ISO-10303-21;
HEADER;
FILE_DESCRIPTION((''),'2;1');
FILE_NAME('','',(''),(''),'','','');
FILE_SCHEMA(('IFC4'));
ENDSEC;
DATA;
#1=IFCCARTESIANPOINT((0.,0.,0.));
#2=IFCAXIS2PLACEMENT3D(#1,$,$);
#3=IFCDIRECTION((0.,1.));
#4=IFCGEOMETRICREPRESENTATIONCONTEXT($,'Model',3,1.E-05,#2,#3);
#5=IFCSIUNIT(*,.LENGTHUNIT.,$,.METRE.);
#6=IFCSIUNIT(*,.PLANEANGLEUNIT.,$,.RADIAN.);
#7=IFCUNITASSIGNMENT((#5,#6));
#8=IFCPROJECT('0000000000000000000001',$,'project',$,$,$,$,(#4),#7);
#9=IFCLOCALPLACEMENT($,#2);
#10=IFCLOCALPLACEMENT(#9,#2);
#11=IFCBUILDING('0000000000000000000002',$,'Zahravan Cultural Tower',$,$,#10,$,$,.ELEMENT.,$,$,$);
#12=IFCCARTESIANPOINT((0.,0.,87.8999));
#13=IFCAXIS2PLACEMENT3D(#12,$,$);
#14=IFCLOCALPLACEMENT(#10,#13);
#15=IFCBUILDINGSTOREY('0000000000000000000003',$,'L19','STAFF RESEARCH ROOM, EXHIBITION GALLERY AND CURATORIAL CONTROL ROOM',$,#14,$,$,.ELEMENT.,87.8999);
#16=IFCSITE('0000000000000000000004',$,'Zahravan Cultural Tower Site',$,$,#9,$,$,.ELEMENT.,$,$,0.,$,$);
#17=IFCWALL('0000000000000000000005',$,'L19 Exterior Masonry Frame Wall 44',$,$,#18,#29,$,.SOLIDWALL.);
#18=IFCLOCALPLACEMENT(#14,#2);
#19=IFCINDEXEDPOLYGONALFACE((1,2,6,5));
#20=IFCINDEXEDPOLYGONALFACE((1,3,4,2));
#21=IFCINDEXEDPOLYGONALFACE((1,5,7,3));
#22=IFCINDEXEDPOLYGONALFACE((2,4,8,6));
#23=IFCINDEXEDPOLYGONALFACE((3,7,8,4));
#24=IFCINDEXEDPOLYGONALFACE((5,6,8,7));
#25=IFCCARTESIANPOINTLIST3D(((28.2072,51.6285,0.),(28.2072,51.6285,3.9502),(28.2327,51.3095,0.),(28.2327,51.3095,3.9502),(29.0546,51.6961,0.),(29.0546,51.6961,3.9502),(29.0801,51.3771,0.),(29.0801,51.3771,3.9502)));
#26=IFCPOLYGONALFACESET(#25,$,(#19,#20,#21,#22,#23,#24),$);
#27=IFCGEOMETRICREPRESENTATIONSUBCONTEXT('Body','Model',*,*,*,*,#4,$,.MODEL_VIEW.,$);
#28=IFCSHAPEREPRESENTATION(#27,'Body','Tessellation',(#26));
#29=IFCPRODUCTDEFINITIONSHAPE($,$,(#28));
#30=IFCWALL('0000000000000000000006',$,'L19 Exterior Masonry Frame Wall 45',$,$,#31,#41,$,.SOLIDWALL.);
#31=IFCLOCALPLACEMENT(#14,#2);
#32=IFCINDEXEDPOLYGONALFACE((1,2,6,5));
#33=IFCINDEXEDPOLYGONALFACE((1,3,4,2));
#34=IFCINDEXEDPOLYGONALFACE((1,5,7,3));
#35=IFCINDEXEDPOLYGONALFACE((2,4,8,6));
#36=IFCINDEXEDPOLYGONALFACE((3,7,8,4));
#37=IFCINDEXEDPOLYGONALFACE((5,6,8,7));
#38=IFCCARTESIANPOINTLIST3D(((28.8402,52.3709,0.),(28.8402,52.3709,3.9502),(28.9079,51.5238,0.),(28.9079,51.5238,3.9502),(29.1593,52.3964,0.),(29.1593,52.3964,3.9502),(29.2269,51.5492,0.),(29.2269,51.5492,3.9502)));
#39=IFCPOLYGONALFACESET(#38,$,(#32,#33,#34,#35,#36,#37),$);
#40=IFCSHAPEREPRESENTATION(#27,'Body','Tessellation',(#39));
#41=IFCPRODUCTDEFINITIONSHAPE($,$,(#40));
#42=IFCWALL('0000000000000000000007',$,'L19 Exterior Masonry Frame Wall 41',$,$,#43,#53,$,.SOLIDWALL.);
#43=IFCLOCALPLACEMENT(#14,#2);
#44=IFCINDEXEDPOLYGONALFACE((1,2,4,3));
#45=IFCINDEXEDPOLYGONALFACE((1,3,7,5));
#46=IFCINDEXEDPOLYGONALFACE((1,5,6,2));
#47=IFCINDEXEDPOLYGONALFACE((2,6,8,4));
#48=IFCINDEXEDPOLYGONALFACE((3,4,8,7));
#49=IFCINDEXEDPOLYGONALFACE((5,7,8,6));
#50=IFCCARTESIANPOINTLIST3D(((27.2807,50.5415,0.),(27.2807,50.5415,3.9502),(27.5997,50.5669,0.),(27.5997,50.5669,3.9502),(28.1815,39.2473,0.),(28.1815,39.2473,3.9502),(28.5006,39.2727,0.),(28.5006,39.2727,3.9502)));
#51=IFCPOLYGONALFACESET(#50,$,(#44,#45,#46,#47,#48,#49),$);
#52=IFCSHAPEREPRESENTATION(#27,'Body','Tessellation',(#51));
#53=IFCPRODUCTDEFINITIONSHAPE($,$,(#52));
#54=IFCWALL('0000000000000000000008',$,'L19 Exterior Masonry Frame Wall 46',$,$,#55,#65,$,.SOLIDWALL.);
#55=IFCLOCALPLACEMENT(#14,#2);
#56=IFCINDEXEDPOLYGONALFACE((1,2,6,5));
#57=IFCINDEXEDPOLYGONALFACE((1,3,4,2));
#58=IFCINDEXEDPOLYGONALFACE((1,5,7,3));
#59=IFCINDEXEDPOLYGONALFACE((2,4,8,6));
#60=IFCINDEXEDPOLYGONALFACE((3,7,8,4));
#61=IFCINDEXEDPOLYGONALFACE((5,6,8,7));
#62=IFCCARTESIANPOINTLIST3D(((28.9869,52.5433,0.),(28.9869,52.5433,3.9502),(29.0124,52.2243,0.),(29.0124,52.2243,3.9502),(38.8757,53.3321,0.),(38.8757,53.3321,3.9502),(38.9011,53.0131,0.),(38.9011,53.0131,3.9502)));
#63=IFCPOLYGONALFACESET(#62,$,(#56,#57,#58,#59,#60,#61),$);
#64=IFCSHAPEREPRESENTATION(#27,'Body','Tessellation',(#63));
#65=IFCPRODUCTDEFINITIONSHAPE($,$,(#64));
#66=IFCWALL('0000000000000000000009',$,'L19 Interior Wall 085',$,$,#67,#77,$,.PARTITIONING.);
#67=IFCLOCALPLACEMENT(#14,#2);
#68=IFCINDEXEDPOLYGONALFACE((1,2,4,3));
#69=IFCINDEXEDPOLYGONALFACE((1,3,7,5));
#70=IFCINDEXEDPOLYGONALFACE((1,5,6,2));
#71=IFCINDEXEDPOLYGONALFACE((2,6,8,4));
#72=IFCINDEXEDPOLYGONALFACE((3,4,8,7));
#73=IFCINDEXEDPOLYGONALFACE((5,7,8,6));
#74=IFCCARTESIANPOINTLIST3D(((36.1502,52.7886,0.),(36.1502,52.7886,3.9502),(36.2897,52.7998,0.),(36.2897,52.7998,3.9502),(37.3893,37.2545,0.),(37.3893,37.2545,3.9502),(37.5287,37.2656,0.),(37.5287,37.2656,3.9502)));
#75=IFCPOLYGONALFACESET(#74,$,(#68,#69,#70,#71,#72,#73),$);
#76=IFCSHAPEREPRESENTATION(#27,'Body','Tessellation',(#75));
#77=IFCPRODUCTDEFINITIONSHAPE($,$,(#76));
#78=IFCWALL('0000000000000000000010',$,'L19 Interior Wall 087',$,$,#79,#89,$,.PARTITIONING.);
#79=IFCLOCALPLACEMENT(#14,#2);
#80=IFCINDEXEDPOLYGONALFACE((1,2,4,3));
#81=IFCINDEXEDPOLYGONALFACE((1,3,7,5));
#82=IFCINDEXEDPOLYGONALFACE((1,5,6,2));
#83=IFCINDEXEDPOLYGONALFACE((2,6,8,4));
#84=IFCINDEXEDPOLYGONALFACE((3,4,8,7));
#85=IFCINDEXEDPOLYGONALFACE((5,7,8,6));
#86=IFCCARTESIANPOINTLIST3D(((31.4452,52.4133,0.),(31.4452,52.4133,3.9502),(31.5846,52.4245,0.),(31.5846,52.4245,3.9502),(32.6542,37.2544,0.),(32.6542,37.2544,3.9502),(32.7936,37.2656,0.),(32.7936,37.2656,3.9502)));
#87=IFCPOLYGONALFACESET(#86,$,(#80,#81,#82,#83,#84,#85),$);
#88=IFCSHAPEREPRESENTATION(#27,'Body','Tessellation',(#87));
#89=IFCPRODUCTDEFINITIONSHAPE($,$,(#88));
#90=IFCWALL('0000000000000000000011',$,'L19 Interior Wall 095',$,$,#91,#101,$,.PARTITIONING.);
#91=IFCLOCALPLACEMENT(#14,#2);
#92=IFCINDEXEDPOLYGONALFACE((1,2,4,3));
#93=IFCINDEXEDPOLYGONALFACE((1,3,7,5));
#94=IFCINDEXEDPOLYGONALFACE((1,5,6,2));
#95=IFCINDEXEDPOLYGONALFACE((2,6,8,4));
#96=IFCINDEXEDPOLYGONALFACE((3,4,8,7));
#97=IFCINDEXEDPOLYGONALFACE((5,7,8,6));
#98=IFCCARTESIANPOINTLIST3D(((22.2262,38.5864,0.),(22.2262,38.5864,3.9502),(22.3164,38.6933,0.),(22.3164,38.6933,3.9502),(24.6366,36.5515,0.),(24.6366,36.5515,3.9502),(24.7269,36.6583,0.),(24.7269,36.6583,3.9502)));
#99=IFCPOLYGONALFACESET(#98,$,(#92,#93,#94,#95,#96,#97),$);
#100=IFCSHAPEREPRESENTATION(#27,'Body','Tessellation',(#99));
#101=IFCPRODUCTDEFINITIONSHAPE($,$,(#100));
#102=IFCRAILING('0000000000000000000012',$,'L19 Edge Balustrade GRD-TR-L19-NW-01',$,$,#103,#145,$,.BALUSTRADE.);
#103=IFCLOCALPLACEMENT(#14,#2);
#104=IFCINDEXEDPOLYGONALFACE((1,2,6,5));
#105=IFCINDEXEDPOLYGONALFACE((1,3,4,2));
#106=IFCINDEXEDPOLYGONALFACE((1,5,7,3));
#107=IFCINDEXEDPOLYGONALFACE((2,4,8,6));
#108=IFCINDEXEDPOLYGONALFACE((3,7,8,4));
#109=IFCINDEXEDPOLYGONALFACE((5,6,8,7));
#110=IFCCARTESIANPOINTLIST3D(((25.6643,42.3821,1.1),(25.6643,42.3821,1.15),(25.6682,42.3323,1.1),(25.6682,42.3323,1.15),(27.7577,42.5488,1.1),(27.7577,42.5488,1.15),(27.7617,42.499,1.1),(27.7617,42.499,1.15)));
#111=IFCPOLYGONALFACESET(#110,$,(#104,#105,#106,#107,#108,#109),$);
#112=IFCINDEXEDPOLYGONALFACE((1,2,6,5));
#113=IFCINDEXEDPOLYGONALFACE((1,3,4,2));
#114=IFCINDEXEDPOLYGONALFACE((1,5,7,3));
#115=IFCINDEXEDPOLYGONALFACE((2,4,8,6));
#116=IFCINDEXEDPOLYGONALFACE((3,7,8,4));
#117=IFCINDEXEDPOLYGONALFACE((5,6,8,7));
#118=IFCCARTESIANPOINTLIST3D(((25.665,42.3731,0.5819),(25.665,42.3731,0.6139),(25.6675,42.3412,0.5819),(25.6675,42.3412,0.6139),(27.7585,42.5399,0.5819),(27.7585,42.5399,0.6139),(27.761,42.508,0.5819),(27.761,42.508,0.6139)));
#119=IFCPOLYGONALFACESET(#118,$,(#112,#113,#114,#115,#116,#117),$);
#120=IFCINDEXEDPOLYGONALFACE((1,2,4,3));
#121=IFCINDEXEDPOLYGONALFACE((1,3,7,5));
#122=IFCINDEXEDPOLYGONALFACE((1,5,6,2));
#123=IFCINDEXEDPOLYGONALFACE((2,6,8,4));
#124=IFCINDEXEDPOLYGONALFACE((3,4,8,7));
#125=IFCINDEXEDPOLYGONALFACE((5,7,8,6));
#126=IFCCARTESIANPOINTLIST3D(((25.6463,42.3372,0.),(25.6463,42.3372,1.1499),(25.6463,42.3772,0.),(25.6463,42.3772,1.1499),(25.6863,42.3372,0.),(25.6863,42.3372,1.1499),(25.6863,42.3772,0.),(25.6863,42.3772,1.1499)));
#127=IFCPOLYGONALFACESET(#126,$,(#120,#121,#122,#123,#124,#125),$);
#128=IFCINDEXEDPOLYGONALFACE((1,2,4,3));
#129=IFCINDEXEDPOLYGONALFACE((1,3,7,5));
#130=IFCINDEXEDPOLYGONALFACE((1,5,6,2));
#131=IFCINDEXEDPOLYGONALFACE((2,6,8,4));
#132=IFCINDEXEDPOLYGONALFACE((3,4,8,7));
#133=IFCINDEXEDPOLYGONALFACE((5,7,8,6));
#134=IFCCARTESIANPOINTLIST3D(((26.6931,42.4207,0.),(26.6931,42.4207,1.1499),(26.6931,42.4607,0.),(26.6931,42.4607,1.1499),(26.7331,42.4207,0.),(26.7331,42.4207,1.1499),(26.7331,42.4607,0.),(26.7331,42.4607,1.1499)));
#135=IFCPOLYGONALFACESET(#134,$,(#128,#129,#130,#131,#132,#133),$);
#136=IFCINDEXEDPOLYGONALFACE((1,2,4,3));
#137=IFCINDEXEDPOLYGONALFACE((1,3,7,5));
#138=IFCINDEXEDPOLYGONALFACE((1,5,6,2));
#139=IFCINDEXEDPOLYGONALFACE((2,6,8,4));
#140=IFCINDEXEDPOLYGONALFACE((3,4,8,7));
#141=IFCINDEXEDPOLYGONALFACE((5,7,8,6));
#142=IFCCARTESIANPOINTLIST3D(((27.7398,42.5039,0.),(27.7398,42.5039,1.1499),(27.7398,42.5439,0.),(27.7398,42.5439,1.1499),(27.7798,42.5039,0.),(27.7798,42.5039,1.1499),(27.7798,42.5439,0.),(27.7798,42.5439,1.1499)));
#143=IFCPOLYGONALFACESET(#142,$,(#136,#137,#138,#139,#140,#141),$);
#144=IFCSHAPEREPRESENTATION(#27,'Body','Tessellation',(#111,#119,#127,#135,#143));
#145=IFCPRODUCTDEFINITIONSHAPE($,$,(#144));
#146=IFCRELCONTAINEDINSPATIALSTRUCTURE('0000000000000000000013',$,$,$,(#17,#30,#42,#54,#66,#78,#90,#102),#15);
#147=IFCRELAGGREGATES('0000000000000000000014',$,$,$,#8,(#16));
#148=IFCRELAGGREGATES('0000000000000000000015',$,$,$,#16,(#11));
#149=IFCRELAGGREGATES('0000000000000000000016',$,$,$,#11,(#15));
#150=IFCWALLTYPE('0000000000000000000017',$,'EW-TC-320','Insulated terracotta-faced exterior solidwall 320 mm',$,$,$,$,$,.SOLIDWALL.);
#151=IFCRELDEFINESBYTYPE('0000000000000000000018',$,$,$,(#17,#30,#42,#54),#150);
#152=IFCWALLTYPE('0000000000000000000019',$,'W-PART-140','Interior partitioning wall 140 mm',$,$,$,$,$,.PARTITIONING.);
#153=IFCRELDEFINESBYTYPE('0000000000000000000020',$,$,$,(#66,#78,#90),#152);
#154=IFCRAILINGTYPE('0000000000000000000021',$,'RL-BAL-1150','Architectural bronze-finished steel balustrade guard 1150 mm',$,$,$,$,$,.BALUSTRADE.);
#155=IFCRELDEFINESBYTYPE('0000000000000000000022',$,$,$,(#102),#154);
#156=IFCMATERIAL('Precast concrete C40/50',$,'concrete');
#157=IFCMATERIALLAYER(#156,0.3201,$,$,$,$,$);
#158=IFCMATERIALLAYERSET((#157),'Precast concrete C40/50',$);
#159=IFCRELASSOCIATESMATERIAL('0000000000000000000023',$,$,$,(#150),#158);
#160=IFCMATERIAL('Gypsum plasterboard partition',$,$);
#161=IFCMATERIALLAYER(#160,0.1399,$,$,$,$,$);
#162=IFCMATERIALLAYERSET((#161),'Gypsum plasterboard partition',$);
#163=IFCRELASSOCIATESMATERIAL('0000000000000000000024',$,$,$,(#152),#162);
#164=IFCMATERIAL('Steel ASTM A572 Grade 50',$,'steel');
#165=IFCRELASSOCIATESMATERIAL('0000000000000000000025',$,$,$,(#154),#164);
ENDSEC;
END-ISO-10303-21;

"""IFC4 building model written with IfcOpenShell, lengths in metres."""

from ifc_helpers import new_model, si_unit, direction, frame, frame_2d, origin, origin_2d, place, context, subcontext, project, spatial, rectangle, extrude, source, transform, mapped, material, layer, layer_set, type_object, element, save


model = new_model("IFC4")

# Units and contexts
model_context = context("Model", 3, precision=1e-05, world=origin(), true_north=direction((0.0, 1.0)))
body_context = subcontext(model_context, "Body", "Model", "MODEL_VIEW")
ifc_project = project(units=[si_unit("LENGTHUNIT", "METRE"), si_unit("PLANEANGLEUNIT", "RADIAN")], contexts=[model_context])

# Site, building, storey
site_placement = place(None, origin())
site = spatial("IfcSite", under=ifc_project, at=site_placement, Name="Zahravan Cultural Tower Site", CompositionType="ELEMENT", RefElevation=0.0)
building_placement = place(site_placement, origin())
building = spatial("IfcBuilding", under=site, at=building_placement, Name="Zahravan Cultural Tower", CompositionType="ELEMENT")
storey_placement = place(building_placement, frame((0.0, 0.0, 87.8999)))
storey = spatial("IfcBuildingStorey", under=building, at=storey_placement, Name="L19", Description="STAFF RESEARCH ROOM, EXHIBITION GALLERY AND CURATORIAL CONTROL ROOM", CompositionType="ELEMENT", Elevation=87.8999)

# Shared definitions
ifc_material_1 = material(Name="Precast concrete C40/50", Category="concrete")
ifc_layer_1 = layer(ifc_material_1, 0.3201)
ifc_layer_set_1 = layer_set([ifc_layer_1], Name="Precast concrete C40/50")
wall_type_1 = type_object("IfcWallType", Name="EW-TC-320", Description="Insulated terracotta-faced exterior solidwall 320 mm", PredefinedType="SOLIDWALL", material=ifc_layer_set_1)
ifc_material_2 = material(Name="Gypsum plasterboard partition")
ifc_layer_2 = layer(ifc_material_2, 0.1399)
ifc_layer_set_2 = layer_set([ifc_layer_2], Name="Gypsum plasterboard partition")
wall_type_2 = type_object("IfcWallType", Name="W-PART-140", Description="Interior partitioning wall 140 mm", PredefinedType="PARTITIONING", material=ifc_layer_set_2)

# Walls
shared_shape_1 = source(origin(), body_context, "Body", "SweptSolid", [
    extrude(rectangle(XDim=0.8501, YDim=0.3201, at=frame_2d((0.425, 0.0))), origin(), (0.0, 0.0, 1.0), 3.9502),
])
for number, where, z_axis, x_axis, name in (
    (1, (28.22, 51.469, 0.0), (0.0, 0.0, 1.0), (0.996831, 0.079551, 0.0), "L19 Exterior Masonry Frame Wall 44"),
):
    element("IfcWall", number, at=place(storey_placement, frame(where, z_axis=z_axis, x_axis=x_axis)), inside=storey, type_object=wall_type_1, Name=name, PredefinedType="SOLIDWALL", context=body_context, shape_type="MappedRepresentation", body=[
        mapped(shared_shape_1, transform((0.0, 0.0, 0.0), x_axis=(1.0, 0.0, 0.0), y_axis=(0.0, 1.0, 0.0), z_axis=(0.0, 0.0, 1.0), scale=1.0)),
    ])
shared_shape_2 = source(origin(), body_context, "Body", "SweptSolid", [
    extrude(rectangle(XDim=0.8499, YDim=0.3201, at=frame_2d((0.4248, 0.0))), origin(), (0.0, 0.0, 1.0), 3.9502),
])
wall_1_placement = place(storey_placement, frame((29.0674, 51.5366, 0.0), z_axis=(0.0, 0.0, 1.0), x_axis=(-0.079574, 0.996829, 0.0)))
element("IfcWall", 2, at=wall_1_placement, inside=storey, type_object=wall_type_1, Name="L19 Exterior Masonry Frame Wall 45", PredefinedType="SOLIDWALL", context=body_context, shape_type="MappedRepresentation", body=[
    mapped(shared_shape_2, transform((0.0, 0.0, 0.0), x_axis=(1.0, 0.0, 0.0), y_axis=(0.0, 1.0, 0.0), z_axis=(0.0, 0.0, 1.0), scale=1.0)),
])
shared_shape_3 = source(origin(), body_context, "Body", "SweptSolid", [
    extrude(rectangle(XDim=11.3301, YDim=0.3201, at=frame_2d((5.665, 0.0))), origin(), (0.0, 0.0, 1.0), 3.9502),
])
wall_2_placement = place(storey_placement, frame((28.3411, 39.26, 0.0), z_axis=(0.0, 0.0, 1.0), x_axis=(-0.079512, 0.996834, 0.0)))
element("IfcWall", 3, at=wall_2_placement, inside=storey, type_object=wall_type_1, Name="L19 Exterior Masonry Frame Wall 41", PredefinedType="SOLIDWALL", context=body_context, shape_type="MappedRepresentation", body=[
    mapped(shared_shape_3, transform((0.0, 0.0, 0.0), x_axis=(1.0, 0.0, 0.0), y_axis=(0.0, 1.0, 0.0), z_axis=(0.0, 0.0, 1.0), scale=1.0)),
])
shared_shape_4 = source(origin(), body_context, "Body", "SweptSolid", [
    extrude(rectangle(XDim=9.9202, YDim=0.3201, at=frame_2d((4.96, 0.0))), origin(), (0.0, 0.0, 1.0), 3.9502),
])
wall_3_placement = place(storey_placement, frame((28.9998, 52.3838, 0.0), z_axis=(0.0, 0.0, 1.0), x_axis=(0.996833, 0.079517, 0.0)))
element("IfcWall", 4, at=wall_3_placement, inside=storey, type_object=wall_type_1, Name="L19 Exterior Masonry Frame Wall 46", PredefinedType="SOLIDWALL", context=body_context, shape_type="MappedRepresentation", body=[
    mapped(shared_shape_4, transform((0.0, 0.0, 0.0), x_axis=(1.0, 0.0, 0.0), y_axis=(0.0, 1.0, 0.0), z_axis=(0.0, 0.0, 1.0), scale=1.0)),
])
shared_shape_5 = source(origin(), body_context, "Body", "SweptSolid", [
    extrude(rectangle(XDim=15.5835, YDim=0.1399, at=frame_2d((7.7917, 0.0))), origin(), (0.0, 0.0, 1.0), 3.9502),
])
wall_4_placement = place(storey_placement, frame((36.22, 52.7942, 0.0), z_axis=(0.0, 0.0, 1.0), x_axis=(0.079508, -0.996834, 0.0)))
element("IfcWall", 5, at=wall_4_placement, inside=storey, type_object=wall_type_2, Name="L19 Interior Wall 085", PredefinedType="PARTITIONING", context=body_context, shape_type="MappedRepresentation", body=[
    mapped(shared_shape_5, transform((0.0, 0.0, 0.0), x_axis=(1.0, 0.0, 0.0), y_axis=(0.0, 1.0, 0.0), z_axis=(0.0, 0.0, 1.0), scale=1.0)),
])
shared_shape_6 = source(origin(), body_context, "Body", "SweptSolid", [
    extrude(rectangle(XDim=15.207, YDim=0.1399, at=frame_2d((7.6035, 0.0))), origin(), (0.0, 0.0, 1.0), 3.9502),
])
wall_5_placement = place(storey_placement, frame((32.7239, 37.26, 0.0), z_axis=(0.0, 0.0, 1.0), x_axis=(-0.079501, 0.996835, 0.0)))
element("IfcWall", 6, at=wall_5_placement, inside=storey, type_object=wall_type_2, Name="L19 Interior Wall 087", PredefinedType="PARTITIONING", context=body_context, shape_type="MappedRepresentation", body=[
    mapped(shared_shape_6, transform((0.0, 0.0, 0.0), x_axis=(1.0, 0.0, 0.0), y_axis=(0.0, 1.0, 0.0), z_axis=(0.0, 0.0, 1.0), scale=1.0)),
])
shared_shape_7 = source(origin(), body_context, "Body", "SweptSolid", [
    extrude(rectangle(XDim=3.1545, YDim=0.1399, at=frame_2d((1.5771, 0.0))), origin(), (0.0, 0.0, 1.0), 3.9502),
])
wall_6_placement = place(storey_placement, frame((24.6816, 36.605, 0.0), z_axis=(0.0, 0.0, 1.0), x_axis=(-0.764114, 0.645081, 0.0)))
element("IfcWall", 7, at=wall_6_placement, inside=storey, type_object=wall_type_2, Name="L19 Interior Wall 095", PredefinedType="PARTITIONING", context=body_context, shape_type="MappedRepresentation", body=[
    mapped(shared_shape_7, transform((0.0, 0.0, 0.0), x_axis=(1.0, 0.0, 0.0), y_axis=(0.0, 1.0, 0.0), z_axis=(0.0, 0.0, 1.0), scale=1.0)),
])

# Railing
ifc_material_3 = material(Name="Steel ASTM A572 Grade 50", Category="steel")
railing_type = type_object("IfcRailingType", Name="RL-BAL-1150", Description="Architectural bronze-finished steel balustrade guard 1150 mm", PredefinedType="BALUSTRADE", material=ifc_material_3)
railing_1_placement = place(storey_placement, frame((25.6663, 42.3572, 0.0)))
element("IfcRailing", 8, at=railing_1_placement, inside=storey, type_object=railing_type, Name="L19 Edge Balustrade GRD-TR-L19-NW-01", PredefinedType="BALUSTRADE", context=body_context, shape_type="SweptSolid", body=[
    extrude(rectangle(XDim=0.05, YDim=0.05, at=origin_2d()), frame((0.0, 0.0, 1.125), z_axis=(0.996843, 0.079399, 0.0), x_axis=(-0.079399, 0.996843, 0.0)), (0.0, 0.0, 1.0), 2.1001),
    extrude(rectangle(XDim=0.032, YDim=0.032, at=origin_2d()), frame((0.0, 0.0, 0.5979), z_axis=(0.996843, 0.079399, 0.0), x_axis=(-0.079399, 0.996843, 0.0)), (0.0, 0.0, 1.0), 2.1001),
    extrude(rectangle(XDim=0.04, YDim=0.04, at=origin_2d()), origin(), (0.0, 0.0, 1.0), 1.1499),
    extrude(rectangle(XDim=0.04, YDim=0.04, at=origin_2d()), frame((1.0469, 0.0835, 0.0)), (0.0, 0.0, 1.0), 1.1499),
    extrude(rectangle(XDim=0.04, YDim=0.04, at=origin_2d()), frame((2.0935, 0.1667, 0.0)), (0.0, 0.0, 1.0), 1.1499),
])

save(model, "model.ifc")
